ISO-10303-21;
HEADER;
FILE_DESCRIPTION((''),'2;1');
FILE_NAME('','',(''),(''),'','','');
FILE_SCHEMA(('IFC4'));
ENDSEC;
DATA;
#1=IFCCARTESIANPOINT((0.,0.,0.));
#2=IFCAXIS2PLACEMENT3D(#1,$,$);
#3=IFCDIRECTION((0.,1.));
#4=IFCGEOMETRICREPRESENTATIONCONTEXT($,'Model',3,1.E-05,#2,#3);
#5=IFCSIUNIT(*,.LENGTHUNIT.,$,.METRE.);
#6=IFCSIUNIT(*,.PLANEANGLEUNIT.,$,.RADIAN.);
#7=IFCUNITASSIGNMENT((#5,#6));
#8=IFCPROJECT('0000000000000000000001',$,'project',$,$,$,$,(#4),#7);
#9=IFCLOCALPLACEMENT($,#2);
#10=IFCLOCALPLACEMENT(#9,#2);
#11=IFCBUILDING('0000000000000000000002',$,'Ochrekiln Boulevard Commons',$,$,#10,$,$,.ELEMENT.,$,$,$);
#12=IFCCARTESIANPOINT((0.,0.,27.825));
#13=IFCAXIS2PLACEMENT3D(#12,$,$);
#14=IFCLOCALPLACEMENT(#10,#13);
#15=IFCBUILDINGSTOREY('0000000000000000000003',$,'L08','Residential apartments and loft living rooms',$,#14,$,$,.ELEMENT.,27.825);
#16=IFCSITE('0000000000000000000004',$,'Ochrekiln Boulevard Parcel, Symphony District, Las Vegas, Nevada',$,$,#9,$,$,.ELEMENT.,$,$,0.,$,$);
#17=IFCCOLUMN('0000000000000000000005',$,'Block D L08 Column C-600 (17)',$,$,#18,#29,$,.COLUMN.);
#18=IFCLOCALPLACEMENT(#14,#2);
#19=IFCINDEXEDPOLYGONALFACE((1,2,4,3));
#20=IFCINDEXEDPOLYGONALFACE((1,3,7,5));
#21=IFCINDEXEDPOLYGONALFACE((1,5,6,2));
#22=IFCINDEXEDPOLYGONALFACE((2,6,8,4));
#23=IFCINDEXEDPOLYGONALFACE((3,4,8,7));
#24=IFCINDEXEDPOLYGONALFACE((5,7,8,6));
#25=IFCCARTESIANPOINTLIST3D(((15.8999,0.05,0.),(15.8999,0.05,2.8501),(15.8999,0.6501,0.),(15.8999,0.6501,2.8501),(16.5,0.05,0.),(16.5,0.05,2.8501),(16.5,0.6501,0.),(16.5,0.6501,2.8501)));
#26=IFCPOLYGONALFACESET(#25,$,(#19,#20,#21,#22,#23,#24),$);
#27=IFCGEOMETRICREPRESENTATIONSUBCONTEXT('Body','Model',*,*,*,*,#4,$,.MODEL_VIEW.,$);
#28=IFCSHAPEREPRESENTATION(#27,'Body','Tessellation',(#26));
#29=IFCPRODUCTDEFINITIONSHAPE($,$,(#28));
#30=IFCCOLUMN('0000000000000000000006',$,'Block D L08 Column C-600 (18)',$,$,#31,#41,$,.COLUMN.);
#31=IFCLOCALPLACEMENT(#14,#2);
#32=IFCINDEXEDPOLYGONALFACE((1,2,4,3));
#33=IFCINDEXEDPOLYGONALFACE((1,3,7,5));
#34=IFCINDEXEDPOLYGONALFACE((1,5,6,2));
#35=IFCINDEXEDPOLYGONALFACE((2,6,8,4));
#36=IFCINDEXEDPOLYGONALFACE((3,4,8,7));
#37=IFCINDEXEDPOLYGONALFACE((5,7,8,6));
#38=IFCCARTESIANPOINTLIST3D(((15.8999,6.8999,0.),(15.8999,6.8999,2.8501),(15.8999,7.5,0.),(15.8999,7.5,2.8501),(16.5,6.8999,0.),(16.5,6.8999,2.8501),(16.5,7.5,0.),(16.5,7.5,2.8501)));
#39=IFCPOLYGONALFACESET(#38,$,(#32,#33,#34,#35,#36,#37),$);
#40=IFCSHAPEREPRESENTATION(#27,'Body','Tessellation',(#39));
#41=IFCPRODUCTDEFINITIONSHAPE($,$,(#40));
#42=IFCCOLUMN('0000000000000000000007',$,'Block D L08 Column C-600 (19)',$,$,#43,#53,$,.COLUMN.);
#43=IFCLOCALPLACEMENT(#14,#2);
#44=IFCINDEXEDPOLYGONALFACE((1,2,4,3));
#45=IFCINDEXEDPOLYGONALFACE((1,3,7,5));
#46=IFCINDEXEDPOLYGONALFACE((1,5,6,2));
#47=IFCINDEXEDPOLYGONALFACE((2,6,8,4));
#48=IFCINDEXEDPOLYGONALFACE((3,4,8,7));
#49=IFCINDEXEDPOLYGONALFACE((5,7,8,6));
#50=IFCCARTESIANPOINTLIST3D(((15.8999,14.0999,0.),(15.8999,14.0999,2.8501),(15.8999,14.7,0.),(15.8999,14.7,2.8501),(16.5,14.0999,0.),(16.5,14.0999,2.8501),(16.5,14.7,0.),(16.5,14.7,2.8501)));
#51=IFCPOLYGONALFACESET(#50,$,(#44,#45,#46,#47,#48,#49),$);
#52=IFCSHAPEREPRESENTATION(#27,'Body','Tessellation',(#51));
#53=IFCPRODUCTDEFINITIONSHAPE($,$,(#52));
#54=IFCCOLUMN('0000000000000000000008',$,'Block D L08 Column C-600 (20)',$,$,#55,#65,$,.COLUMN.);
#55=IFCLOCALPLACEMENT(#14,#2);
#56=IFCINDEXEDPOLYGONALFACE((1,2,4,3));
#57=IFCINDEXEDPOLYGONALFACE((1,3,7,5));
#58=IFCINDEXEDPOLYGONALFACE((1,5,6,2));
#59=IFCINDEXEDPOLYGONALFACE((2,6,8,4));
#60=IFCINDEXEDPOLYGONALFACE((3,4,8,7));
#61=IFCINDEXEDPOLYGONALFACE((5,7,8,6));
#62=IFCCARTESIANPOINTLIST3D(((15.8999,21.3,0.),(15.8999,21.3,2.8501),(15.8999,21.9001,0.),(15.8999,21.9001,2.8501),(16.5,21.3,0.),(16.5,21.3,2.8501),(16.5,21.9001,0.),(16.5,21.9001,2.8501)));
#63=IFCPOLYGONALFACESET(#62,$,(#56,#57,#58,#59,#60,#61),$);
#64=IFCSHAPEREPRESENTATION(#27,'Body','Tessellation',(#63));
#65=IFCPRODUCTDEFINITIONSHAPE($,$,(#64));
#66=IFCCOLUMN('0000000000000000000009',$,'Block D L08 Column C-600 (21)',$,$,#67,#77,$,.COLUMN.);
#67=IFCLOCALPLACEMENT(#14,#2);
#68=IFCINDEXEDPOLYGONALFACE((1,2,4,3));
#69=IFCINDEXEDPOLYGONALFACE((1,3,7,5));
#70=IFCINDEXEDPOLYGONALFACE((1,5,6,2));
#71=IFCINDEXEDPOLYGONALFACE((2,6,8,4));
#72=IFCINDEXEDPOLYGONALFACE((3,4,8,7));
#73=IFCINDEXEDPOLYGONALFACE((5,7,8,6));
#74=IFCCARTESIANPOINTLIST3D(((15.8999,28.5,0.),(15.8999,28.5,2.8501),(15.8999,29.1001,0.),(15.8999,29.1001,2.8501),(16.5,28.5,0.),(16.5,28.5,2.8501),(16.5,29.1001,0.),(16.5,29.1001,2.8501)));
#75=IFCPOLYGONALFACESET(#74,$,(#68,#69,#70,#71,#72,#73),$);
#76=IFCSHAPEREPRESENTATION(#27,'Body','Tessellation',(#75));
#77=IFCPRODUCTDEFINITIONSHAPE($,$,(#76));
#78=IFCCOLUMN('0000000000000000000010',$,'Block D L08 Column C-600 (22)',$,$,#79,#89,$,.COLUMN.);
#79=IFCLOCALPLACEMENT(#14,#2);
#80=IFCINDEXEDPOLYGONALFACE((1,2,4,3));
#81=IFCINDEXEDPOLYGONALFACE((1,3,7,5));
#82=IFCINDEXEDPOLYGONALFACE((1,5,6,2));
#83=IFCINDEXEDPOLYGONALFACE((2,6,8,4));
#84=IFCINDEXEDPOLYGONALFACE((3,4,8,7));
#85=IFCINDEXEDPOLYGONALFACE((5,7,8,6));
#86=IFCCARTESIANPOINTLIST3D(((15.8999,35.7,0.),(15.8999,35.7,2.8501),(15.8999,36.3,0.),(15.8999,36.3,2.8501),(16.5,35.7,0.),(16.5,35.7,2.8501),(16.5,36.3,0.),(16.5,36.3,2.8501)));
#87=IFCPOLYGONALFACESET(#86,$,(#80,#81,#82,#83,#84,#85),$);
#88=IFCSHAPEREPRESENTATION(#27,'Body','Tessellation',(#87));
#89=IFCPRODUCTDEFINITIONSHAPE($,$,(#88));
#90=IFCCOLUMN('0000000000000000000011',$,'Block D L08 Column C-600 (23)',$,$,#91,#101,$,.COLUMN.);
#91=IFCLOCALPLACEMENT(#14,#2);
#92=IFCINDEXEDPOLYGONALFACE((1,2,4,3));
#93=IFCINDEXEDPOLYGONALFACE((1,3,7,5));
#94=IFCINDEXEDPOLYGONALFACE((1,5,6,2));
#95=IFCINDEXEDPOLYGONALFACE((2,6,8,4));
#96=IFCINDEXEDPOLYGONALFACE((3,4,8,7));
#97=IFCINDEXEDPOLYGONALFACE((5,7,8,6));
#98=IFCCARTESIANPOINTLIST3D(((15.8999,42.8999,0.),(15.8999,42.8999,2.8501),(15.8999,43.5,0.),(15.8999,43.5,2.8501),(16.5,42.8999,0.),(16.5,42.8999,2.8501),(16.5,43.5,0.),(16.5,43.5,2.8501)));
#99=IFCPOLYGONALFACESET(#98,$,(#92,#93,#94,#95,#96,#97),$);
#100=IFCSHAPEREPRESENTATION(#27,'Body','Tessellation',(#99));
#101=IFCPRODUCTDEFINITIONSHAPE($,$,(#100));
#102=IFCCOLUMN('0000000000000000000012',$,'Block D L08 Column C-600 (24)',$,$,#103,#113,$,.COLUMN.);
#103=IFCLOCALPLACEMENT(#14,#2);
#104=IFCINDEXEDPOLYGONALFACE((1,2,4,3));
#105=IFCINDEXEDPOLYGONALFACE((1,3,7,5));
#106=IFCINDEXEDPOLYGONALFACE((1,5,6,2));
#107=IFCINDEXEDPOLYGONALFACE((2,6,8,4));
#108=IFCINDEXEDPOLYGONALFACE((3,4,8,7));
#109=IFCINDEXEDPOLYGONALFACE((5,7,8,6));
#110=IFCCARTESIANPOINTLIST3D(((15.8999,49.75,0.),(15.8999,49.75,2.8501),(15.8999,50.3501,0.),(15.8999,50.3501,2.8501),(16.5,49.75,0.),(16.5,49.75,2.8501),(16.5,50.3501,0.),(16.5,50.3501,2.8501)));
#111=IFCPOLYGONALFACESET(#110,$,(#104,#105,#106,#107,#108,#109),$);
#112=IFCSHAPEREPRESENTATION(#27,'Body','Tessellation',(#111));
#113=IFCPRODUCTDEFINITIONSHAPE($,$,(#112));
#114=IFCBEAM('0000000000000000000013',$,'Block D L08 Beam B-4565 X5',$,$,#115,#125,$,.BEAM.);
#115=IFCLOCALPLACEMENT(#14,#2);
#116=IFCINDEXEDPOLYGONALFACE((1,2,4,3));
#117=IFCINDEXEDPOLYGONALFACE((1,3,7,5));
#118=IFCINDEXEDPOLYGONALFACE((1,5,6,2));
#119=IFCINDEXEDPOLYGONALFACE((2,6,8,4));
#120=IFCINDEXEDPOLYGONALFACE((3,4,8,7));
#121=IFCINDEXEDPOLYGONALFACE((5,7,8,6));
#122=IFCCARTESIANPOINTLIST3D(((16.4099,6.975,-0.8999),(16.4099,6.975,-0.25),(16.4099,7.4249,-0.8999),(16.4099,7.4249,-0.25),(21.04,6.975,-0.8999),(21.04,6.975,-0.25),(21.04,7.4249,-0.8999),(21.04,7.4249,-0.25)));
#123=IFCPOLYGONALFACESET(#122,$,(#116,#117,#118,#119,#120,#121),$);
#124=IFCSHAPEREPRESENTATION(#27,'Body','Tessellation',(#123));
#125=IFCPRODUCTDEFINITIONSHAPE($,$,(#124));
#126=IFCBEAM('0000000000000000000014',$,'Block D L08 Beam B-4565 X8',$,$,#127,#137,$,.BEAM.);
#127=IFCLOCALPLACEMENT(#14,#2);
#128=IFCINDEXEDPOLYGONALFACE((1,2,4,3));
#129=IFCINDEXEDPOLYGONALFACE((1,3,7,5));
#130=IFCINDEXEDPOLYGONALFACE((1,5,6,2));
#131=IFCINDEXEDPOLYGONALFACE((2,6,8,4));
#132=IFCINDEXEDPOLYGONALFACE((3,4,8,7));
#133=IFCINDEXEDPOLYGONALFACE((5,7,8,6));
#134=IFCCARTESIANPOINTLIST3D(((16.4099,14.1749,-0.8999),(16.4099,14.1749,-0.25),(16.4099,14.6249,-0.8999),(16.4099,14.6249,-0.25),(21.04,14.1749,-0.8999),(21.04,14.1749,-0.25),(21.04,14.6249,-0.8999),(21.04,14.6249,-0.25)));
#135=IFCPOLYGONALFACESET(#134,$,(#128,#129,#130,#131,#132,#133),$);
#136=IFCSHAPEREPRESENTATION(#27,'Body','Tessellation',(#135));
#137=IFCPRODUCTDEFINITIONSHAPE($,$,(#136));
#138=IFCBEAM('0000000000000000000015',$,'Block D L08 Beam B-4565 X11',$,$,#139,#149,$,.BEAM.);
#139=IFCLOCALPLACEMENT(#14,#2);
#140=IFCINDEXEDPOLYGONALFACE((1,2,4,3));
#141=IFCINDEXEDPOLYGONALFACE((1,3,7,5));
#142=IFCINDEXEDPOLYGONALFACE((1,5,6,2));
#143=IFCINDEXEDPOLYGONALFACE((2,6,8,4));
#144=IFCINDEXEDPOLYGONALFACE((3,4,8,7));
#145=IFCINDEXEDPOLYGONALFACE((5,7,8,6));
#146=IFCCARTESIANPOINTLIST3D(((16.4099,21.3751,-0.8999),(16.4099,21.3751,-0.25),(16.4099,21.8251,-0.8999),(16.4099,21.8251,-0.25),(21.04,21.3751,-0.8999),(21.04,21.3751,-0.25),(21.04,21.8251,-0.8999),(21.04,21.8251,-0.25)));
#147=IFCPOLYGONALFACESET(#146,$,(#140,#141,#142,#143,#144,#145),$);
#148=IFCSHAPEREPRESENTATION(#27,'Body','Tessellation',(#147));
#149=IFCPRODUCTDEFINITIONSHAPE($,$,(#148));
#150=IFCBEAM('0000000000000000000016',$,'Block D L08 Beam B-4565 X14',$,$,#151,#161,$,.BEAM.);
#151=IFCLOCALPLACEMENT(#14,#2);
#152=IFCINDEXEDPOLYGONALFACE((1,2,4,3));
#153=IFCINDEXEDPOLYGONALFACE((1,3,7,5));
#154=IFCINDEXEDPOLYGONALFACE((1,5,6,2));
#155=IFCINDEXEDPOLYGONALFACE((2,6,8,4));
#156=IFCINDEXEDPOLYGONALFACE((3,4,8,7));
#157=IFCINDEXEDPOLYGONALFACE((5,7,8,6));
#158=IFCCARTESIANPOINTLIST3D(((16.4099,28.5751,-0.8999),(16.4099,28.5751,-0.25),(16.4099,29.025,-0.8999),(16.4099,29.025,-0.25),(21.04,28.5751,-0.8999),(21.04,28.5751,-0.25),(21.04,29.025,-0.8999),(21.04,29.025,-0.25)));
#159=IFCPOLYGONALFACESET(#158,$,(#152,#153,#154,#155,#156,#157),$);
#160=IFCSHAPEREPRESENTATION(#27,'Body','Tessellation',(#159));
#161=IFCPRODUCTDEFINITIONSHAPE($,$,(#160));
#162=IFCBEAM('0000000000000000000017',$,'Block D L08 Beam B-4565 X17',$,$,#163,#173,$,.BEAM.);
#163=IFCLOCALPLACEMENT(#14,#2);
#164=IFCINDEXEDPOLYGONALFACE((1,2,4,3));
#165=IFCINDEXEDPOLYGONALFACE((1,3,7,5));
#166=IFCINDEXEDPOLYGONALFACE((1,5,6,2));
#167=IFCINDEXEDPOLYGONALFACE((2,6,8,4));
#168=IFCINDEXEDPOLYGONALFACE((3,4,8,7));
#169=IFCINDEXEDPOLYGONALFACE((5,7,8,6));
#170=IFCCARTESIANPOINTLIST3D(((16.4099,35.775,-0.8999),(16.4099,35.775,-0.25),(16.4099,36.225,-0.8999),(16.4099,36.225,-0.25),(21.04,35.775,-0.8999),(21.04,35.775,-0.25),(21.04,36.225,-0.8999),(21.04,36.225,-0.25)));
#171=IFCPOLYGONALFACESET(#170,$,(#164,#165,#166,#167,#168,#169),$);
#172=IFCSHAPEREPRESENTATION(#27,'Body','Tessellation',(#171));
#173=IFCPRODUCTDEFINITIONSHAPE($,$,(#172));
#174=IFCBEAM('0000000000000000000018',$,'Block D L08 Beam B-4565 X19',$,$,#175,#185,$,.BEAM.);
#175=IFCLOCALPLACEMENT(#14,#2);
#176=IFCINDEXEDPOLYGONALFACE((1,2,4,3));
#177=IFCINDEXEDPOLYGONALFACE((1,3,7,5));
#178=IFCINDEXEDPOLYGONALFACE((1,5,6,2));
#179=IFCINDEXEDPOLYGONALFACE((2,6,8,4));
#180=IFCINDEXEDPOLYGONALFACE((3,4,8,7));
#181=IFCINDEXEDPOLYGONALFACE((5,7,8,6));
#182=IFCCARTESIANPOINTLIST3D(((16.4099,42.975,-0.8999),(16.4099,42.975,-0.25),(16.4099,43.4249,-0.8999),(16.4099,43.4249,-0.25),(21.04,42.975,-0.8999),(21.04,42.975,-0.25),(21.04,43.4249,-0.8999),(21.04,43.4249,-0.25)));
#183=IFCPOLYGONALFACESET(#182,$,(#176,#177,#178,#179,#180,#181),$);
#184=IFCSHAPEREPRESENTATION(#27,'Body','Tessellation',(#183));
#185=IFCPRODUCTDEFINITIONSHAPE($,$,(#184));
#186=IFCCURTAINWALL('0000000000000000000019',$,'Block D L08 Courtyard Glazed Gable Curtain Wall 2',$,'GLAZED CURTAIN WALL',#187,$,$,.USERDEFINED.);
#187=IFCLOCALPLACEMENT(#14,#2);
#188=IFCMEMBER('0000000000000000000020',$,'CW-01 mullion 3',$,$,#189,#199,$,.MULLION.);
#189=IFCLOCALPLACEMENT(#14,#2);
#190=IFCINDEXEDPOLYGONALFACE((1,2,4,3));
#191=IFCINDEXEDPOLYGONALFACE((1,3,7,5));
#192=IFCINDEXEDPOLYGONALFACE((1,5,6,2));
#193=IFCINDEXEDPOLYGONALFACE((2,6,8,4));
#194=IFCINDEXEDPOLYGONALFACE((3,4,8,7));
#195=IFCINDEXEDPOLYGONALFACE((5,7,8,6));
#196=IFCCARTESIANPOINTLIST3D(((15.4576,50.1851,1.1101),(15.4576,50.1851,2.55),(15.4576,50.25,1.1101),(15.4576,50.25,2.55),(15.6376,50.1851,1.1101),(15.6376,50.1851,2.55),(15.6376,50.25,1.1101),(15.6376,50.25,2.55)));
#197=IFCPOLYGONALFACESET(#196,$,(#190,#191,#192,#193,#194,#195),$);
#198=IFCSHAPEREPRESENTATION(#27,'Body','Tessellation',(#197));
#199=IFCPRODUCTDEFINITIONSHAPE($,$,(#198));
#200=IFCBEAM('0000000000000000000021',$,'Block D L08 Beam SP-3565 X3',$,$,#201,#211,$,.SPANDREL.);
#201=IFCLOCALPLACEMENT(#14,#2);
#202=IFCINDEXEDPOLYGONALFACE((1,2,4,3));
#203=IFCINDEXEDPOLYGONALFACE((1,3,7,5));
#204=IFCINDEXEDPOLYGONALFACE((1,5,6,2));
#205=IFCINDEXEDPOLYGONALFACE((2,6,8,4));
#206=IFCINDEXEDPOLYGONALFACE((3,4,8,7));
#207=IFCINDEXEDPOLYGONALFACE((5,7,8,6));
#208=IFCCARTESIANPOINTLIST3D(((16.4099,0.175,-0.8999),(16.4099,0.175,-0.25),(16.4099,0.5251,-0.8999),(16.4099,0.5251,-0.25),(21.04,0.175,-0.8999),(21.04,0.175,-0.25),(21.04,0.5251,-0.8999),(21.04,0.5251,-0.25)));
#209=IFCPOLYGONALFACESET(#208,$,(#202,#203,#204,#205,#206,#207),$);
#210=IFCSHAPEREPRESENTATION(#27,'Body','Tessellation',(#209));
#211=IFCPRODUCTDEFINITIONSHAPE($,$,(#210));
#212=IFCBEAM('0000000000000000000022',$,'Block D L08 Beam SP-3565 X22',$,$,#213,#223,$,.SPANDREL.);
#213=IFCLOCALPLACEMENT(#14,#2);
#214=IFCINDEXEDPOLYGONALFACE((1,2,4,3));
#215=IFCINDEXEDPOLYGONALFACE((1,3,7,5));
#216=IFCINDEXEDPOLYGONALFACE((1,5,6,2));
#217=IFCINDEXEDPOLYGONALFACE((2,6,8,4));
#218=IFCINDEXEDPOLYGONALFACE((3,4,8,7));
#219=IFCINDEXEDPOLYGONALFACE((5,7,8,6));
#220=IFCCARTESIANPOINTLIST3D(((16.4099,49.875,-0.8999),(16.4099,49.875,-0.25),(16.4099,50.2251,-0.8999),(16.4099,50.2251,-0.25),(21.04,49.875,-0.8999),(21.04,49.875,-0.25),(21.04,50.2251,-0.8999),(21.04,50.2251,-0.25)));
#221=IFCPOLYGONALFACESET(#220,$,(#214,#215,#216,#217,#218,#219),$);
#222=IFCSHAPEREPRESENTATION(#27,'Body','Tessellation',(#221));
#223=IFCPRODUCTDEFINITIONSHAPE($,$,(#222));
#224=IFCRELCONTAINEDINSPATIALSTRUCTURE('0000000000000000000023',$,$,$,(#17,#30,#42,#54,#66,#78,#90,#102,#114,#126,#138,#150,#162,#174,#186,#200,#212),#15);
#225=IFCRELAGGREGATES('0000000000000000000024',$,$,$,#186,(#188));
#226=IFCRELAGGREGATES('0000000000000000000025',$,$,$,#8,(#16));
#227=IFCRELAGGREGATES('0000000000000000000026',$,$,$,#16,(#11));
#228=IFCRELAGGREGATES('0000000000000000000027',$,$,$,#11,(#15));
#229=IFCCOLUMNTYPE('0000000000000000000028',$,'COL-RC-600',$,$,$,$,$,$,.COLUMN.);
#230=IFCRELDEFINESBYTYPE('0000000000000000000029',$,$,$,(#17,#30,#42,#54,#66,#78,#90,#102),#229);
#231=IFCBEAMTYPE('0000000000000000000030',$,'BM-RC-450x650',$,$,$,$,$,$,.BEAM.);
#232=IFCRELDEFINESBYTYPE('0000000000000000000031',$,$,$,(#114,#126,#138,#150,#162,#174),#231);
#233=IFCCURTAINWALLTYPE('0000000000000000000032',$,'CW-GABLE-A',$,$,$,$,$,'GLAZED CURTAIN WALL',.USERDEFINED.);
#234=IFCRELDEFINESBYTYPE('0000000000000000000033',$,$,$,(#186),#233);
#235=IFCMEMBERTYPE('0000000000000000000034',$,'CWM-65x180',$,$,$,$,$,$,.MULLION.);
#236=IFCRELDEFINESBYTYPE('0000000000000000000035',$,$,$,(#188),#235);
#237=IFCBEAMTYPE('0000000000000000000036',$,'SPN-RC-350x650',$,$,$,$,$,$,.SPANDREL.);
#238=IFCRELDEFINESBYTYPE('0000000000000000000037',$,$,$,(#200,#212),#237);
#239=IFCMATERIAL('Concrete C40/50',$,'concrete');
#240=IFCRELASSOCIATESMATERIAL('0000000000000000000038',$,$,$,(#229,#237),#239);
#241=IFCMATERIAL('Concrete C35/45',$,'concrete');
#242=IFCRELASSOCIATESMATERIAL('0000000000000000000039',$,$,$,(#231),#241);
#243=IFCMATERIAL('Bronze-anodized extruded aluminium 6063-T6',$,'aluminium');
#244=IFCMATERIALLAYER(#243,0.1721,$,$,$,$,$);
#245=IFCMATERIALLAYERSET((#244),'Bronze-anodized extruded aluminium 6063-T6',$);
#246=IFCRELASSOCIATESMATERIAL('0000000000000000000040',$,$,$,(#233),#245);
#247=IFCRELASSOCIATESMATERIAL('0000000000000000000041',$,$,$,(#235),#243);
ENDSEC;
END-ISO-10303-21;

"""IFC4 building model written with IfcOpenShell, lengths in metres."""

from ifc_helpers import new_model, si_unit, direction, frame, origin, origin_2d, place, context, subcontext, project, spatial, rectangle, extrude, material, layer, layer_set, material_profile, profile_set, type_object, element, aggregate, save


model = new_model("IFC4")

# Units and contexts
model_context = context("Model", 3, precision=1e-05, world=origin(), true_north=direction((0.0, 1.0)))
body_context = subcontext(model_context, "Body", "Model", "MODEL_VIEW")
ifc_project = project(units=[si_unit("LENGTHUNIT", "METRE"), si_unit("PLANEANGLEUNIT", "RADIAN")], contexts=[model_context])

# Site, building, storey
site_placement = place(None, origin())
site = spatial("IfcSite", under=ifc_project, at=site_placement, Name="Ochrekiln Boulevard Parcel, Symphony District, Las Vegas, Nevada", CompositionType="ELEMENT", RefElevation=0.0)
building_placement = place(site_placement, origin())
building = spatial("IfcBuilding", under=site, at=building_placement, Name="Ochrekiln Boulevard Commons", CompositionType="ELEMENT")
storey_placement = place(building_placement, frame((0.0, 0.0, 27.825)))
storey = spatial("IfcBuildingStorey", under=building, at=storey_placement, Name="L08", Description="Residential apartments and loft living rooms", CompositionType="ELEMENT", Elevation=27.825)

# Columns
ifc_material_1 = material(Name="Concrete C40/50", Category="concrete")
ifc_material_profile_1 = material_profile(ifc_material_1, rectangle(XDim=0.6001, YDim=0.6001, at=origin_2d()), Name="RC-COL-600x600")
ifc_profile_set_1 = profile_set([ifc_material_profile_1], Name="Concrete C40/50")
column_type = type_object("IfcColumnType", Name="COL-RC-600", PredefinedType="COLUMN", material=ifc_profile_set_1)
for number, where, z_axis, x_axis, name in (
    (1, (16.2, 0.3501, 0.0), (0.0, 0.0, 1.0), (1.0, 0.0, 0.0), "Block D L08 Column C-600 (17)"),
    (2, (16.2, 7.2, 0.0), (0.0, 0.0, 1.0), (1.0, 0.0, 0.0), "Block D L08 Column C-600 (18)"),
    (3, (16.2, 14.3999, 0.0), (0.0, 0.0, 1.0), (1.0, 0.0, 0.0), "Block D L08 Column C-600 (19)"),
    (4, (16.2, 21.6001, 0.0), (0.0, 0.0, 1.0), (1.0, 0.0, 0.0), "Block D L08 Column C-600 (20)"),
    (5, (16.2, 28.8, 0.0), (0.0, 0.0, 1.0), (1.0, 0.0, 0.0), "Block D L08 Column C-600 (21)"),
    (6, (16.2, 36.0, 0.0), (0.0, 0.0, 1.0), (1.0, 0.0, 0.0), "Block D L08 Column C-600 (22)"),
    (7, (16.2, 43.2, 0.0), (0.0, 0.0, 1.0), (1.0, 0.0, 0.0), "Block D L08 Column C-600 (23)"),
    (8, (16.2, 50.05, 0.0), (0.0, 0.0, 1.0), (1.0, 0.0, 0.0), "Block D L08 Column C-600 (24)"),
):
    element("IfcColumn", number, at=place(storey_placement, frame(where, z_axis=z_axis, x_axis=x_axis)), inside=storey, type_object=column_type, Name=name, PredefinedType="COLUMN", context=body_context, shape_type="SweptSolid", body=[
        extrude(rectangle(XDim=0.6001, YDim=0.6001, at=origin_2d()), origin(), (0.0, 0.0, 1.0), 2.8501),
    ])

# Beams
ifc_material_2 = material(Name="Concrete C35/45", Category="concrete")
ifc_material_profile_2 = material_profile(ifc_material_2, rectangle(XDim=0.45, YDim=0.6499, at=origin_2d()), Name="RC-BM-450x650")
ifc_profile_set_2 = profile_set([ifc_material_profile_2], Name="Concrete C35/45")
beam_type_1 = type_object("IfcBeamType", Name="BM-RC-450x650", PredefinedType="BEAM", material=ifc_profile_set_2)
for number, where, z_axis, x_axis, name in (
    (9, (16.4099, 7.2, -0.575), (1.0, 0.0, 0.0), (0.0, 1.0, 0.0), "Block D L08 Beam B-4565 X5"),
    (10, (16.4099, 14.3999, -0.575), (1.0, 0.0, 0.0), (0.0, 1.0, 0.0), "Block D L08 Beam B-4565 X8"),
    (11, (16.4099, 21.6001, -0.575), (1.0, 0.0, 0.0), (0.0, 1.0, 0.0), "Block D L08 Beam B-4565 X11"),
    (12, (16.4099, 28.8, -0.575), (1.0, 0.0, 0.0), (0.0, 1.0, 0.0), "Block D L08 Beam B-4565 X14"),
    (13, (16.4099, 36.0, -0.575), (1.0, 0.0, 0.0), (0.0, 1.0, 0.0), "Block D L08 Beam B-4565 X17"),
    (14, (16.4099, 43.2, -0.575), (1.0, 0.0, 0.0), (0.0, 1.0, 0.0), "Block D L08 Beam B-4565 X19"),
):
    element("IfcBeam", number, at=place(storey_placement, frame(where, z_axis=z_axis, x_axis=x_axis)), inside=storey, type_object=beam_type_1, Name=name, PredefinedType="BEAM", context=body_context, shape_type="SweptSolid", body=[
        extrude(rectangle(XDim=0.45, YDim=0.6499, at=origin_2d()), origin(), (0.0, 0.0, 1.0), 4.6301),
    ])

# Curtain wall, member
ifc_material_3 = material(Name="Bronze-anodized extruded aluminium 6063-T6", Category="aluminium")
ifc_layer_1 = layer(ifc_material_3, 0.1721)
ifc_layer_set_1 = layer_set([ifc_layer_1], Name="Bronze-anodized extruded aluminium 6063-T6")
curtain_wall_type = type_object("IfcCurtainWallType", Name="CW-GABLE-A", ElementType="GLAZED CURTAIN WALL", PredefinedType="USERDEFINED", material=ifc_layer_set_1)
curtain_wall_1_placement = place(storey_placement, origin())
curtain_wall_1 = element("IfcCurtainWall", 15, at=curtain_wall_1_placement, inside=storey, type_object=curtain_wall_type, Name="Block D L08 Courtyard Glazed Gable Curtain Wall 2", ObjectType="GLAZED CURTAIN WALL", PredefinedType="USERDEFINED")
ifc_material_profile_3 = material_profile(ifc_material_3, rectangle(XDim=0.0649, YDim=0.1799, at=origin_2d()), Name="ALU-MUL-65x180")
ifc_profile_set_3 = profile_set([ifc_material_profile_3], Name="Bronze-anodized extruded aluminium 6063-T6")
member_type = type_object("IfcMemberType", Name="CWM-65x180", PredefinedType="MULLION", material=ifc_profile_set_3)
member_placement = place(storey_placement, frame((15.5476, 50.2175, 1.1101), z_axis=(0.0, 0.0, 1.0), x_axis=(0.0, 1.0, 0.0)))
member = element("IfcMember", 16, at=member_placement, type_object=member_type, Name="CW-01 mullion 3", PredefinedType="MULLION", context=body_context, shape_type="SweptSolid", body=[
    extrude(rectangle(XDim=0.0649, YDim=0.1799, at=origin_2d()), origin(), (0.0, 0.0, 1.0), 1.4399),
])

# Beams
ifc_material_profile_4 = material_profile(ifc_material_1, rectangle(XDim=0.3501, YDim=0.6499, at=origin_2d()), Name="RC-SPN-350x650")
ifc_profile_set_4 = profile_set([ifc_material_profile_4], Name="Concrete C40/50")
beam_type_2 = type_object("IfcBeamType", Name="SPN-RC-350x650", PredefinedType="SPANDREL", material=ifc_profile_set_4)
for number, where, z_axis, x_axis, name in (
    (17, (16.4099, 0.3501, -0.575), (1.0, 0.0, 0.0), (0.0, 1.0, 0.0), "Block D L08 Beam SP-3565 X3"),
    (18, (16.4099, 50.05, -0.575), (1.0, 0.0, 0.0), (0.0, 1.0, 0.0), "Block D L08 Beam SP-3565 X22"),
):
    element("IfcBeam", number, at=place(storey_placement, frame(where, z_axis=z_axis, x_axis=x_axis)), inside=storey, type_object=beam_type_2, Name=name, PredefinedType="SPANDREL", context=body_context, shape_type="SweptSolid", body=[
        extrude(rectangle(XDim=0.3501, YDim=0.6499, at=origin_2d()), origin(), (0.0, 0.0, 1.0), 4.6301),
    ])

aggregate(curtain_wall_1, [member])

save(model, "model.ifc")
